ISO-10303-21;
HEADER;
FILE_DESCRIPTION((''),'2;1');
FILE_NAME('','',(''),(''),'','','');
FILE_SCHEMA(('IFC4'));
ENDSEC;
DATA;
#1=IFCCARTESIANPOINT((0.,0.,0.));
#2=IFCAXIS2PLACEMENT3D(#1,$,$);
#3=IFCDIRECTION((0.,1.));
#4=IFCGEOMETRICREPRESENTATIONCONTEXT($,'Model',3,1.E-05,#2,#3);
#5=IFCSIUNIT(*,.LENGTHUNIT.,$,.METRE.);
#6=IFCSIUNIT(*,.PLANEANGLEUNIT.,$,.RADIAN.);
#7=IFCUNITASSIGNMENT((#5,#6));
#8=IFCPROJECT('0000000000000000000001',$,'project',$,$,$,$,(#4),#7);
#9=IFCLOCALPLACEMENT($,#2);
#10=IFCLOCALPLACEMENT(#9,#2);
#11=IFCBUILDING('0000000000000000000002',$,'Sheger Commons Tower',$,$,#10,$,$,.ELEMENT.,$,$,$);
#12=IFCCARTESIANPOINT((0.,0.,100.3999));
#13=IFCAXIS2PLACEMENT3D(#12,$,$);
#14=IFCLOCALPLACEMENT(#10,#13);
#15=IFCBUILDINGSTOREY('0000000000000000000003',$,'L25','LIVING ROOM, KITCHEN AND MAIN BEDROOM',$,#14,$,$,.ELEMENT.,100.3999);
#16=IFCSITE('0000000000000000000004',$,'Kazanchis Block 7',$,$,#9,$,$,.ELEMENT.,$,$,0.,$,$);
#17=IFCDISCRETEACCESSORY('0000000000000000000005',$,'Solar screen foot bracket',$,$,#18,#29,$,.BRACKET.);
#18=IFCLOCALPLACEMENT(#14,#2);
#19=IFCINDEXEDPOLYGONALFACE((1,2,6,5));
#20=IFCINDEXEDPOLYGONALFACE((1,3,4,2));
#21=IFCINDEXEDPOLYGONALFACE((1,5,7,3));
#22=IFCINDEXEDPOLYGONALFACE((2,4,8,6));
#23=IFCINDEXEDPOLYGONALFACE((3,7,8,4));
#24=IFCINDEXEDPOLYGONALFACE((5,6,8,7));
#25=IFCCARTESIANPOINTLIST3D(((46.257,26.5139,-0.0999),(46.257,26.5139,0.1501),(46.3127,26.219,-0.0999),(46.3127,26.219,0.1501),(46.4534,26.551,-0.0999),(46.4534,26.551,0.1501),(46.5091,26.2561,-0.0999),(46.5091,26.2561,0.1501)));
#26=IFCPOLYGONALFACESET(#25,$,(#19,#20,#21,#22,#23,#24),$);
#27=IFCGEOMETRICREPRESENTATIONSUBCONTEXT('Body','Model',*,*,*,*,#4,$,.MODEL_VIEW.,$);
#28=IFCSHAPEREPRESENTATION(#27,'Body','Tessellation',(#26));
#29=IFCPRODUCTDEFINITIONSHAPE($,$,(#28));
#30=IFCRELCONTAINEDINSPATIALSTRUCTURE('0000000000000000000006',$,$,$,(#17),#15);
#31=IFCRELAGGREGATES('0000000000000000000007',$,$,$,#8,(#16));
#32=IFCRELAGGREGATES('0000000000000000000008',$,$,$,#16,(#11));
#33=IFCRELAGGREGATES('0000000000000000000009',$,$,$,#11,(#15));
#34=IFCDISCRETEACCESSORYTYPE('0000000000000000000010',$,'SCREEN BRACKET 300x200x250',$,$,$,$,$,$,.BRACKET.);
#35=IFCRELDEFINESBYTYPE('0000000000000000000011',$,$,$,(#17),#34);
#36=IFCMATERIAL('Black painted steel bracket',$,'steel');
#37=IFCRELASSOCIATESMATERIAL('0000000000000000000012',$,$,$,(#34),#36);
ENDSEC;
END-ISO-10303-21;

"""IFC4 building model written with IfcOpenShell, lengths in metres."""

from ifc_helpers import new_model, si_unit, direction, frame, origin, origin_2d, place, context, subcontext, project, spatial, rectangle, extrude, material, type_object, element, save


model = new_model("IFC4")

# Units and contexts
model_context = context("Model", 3, precision=1e-05, world=origin(), true_north=direction((0.0, 1.0)))
body_context = subcontext(model_context, "Body", "Model", "MODEL_VIEW")
ifc_project = project(units=[si_unit("LENGTHUNIT", "METRE"), si_unit("PLANEANGLEUNIT", "RADIAN")], contexts=[model_context])

# Site, building, storey
site_placement = place(None, origin())
site = spatial("IfcSite", under=ifc_project, at=site_placement, Name="Kazanchis Block 7", CompositionType="ELEMENT", RefElevation=0.0)
building_placement = place(site_placement, origin())
building = spatial("IfcBuilding", under=site, at=building_placement, Name="Sheger Commons Tower", CompositionType="ELEMENT")
storey_placement = place(building_placement, frame((0.0, 0.0, 100.3999)))
storey = spatial("IfcBuildingStorey", under=building, at=storey_placement, Name="L25", Description="LIVING ROOM, KITCHEN AND MAIN BEDROOM", CompositionType="ELEMENT", Elevation=100.3999)

# Discrete accessory
ifc_material_1 = material(Name="Black painted steel bracket", Category="steel")
discrete_accessory_type = type_object("IfcDiscreteAccessoryType", Name="SCREEN BRACKET 300x200x250", PredefinedType="BRACKET", material=ifc_material_1)
for number, where, z_axis, x_axis, name in (
    (1, (46.3831, 26.385, -0.0999), (0.0, 0.0, 1.0), (-0.185615, 0.982623, 0.0), "Solar screen foot bracket"),
):
    element("IfcDiscreteAccessory", number, at=place(storey_placement, frame(where, z_axis=z_axis, x_axis=x_axis)), inside=storey, type_object=discrete_accessory_type, Name=name, PredefinedType="BRACKET", context=body_context, shape_type="SweptSolid", body=[
        extrude(rectangle(XDim=0.3, YDim=0.2, at=origin_2d()), origin(), (0.0, 0.0, 1.0), 0.25),
    ])

save(model, "model.ifc")
